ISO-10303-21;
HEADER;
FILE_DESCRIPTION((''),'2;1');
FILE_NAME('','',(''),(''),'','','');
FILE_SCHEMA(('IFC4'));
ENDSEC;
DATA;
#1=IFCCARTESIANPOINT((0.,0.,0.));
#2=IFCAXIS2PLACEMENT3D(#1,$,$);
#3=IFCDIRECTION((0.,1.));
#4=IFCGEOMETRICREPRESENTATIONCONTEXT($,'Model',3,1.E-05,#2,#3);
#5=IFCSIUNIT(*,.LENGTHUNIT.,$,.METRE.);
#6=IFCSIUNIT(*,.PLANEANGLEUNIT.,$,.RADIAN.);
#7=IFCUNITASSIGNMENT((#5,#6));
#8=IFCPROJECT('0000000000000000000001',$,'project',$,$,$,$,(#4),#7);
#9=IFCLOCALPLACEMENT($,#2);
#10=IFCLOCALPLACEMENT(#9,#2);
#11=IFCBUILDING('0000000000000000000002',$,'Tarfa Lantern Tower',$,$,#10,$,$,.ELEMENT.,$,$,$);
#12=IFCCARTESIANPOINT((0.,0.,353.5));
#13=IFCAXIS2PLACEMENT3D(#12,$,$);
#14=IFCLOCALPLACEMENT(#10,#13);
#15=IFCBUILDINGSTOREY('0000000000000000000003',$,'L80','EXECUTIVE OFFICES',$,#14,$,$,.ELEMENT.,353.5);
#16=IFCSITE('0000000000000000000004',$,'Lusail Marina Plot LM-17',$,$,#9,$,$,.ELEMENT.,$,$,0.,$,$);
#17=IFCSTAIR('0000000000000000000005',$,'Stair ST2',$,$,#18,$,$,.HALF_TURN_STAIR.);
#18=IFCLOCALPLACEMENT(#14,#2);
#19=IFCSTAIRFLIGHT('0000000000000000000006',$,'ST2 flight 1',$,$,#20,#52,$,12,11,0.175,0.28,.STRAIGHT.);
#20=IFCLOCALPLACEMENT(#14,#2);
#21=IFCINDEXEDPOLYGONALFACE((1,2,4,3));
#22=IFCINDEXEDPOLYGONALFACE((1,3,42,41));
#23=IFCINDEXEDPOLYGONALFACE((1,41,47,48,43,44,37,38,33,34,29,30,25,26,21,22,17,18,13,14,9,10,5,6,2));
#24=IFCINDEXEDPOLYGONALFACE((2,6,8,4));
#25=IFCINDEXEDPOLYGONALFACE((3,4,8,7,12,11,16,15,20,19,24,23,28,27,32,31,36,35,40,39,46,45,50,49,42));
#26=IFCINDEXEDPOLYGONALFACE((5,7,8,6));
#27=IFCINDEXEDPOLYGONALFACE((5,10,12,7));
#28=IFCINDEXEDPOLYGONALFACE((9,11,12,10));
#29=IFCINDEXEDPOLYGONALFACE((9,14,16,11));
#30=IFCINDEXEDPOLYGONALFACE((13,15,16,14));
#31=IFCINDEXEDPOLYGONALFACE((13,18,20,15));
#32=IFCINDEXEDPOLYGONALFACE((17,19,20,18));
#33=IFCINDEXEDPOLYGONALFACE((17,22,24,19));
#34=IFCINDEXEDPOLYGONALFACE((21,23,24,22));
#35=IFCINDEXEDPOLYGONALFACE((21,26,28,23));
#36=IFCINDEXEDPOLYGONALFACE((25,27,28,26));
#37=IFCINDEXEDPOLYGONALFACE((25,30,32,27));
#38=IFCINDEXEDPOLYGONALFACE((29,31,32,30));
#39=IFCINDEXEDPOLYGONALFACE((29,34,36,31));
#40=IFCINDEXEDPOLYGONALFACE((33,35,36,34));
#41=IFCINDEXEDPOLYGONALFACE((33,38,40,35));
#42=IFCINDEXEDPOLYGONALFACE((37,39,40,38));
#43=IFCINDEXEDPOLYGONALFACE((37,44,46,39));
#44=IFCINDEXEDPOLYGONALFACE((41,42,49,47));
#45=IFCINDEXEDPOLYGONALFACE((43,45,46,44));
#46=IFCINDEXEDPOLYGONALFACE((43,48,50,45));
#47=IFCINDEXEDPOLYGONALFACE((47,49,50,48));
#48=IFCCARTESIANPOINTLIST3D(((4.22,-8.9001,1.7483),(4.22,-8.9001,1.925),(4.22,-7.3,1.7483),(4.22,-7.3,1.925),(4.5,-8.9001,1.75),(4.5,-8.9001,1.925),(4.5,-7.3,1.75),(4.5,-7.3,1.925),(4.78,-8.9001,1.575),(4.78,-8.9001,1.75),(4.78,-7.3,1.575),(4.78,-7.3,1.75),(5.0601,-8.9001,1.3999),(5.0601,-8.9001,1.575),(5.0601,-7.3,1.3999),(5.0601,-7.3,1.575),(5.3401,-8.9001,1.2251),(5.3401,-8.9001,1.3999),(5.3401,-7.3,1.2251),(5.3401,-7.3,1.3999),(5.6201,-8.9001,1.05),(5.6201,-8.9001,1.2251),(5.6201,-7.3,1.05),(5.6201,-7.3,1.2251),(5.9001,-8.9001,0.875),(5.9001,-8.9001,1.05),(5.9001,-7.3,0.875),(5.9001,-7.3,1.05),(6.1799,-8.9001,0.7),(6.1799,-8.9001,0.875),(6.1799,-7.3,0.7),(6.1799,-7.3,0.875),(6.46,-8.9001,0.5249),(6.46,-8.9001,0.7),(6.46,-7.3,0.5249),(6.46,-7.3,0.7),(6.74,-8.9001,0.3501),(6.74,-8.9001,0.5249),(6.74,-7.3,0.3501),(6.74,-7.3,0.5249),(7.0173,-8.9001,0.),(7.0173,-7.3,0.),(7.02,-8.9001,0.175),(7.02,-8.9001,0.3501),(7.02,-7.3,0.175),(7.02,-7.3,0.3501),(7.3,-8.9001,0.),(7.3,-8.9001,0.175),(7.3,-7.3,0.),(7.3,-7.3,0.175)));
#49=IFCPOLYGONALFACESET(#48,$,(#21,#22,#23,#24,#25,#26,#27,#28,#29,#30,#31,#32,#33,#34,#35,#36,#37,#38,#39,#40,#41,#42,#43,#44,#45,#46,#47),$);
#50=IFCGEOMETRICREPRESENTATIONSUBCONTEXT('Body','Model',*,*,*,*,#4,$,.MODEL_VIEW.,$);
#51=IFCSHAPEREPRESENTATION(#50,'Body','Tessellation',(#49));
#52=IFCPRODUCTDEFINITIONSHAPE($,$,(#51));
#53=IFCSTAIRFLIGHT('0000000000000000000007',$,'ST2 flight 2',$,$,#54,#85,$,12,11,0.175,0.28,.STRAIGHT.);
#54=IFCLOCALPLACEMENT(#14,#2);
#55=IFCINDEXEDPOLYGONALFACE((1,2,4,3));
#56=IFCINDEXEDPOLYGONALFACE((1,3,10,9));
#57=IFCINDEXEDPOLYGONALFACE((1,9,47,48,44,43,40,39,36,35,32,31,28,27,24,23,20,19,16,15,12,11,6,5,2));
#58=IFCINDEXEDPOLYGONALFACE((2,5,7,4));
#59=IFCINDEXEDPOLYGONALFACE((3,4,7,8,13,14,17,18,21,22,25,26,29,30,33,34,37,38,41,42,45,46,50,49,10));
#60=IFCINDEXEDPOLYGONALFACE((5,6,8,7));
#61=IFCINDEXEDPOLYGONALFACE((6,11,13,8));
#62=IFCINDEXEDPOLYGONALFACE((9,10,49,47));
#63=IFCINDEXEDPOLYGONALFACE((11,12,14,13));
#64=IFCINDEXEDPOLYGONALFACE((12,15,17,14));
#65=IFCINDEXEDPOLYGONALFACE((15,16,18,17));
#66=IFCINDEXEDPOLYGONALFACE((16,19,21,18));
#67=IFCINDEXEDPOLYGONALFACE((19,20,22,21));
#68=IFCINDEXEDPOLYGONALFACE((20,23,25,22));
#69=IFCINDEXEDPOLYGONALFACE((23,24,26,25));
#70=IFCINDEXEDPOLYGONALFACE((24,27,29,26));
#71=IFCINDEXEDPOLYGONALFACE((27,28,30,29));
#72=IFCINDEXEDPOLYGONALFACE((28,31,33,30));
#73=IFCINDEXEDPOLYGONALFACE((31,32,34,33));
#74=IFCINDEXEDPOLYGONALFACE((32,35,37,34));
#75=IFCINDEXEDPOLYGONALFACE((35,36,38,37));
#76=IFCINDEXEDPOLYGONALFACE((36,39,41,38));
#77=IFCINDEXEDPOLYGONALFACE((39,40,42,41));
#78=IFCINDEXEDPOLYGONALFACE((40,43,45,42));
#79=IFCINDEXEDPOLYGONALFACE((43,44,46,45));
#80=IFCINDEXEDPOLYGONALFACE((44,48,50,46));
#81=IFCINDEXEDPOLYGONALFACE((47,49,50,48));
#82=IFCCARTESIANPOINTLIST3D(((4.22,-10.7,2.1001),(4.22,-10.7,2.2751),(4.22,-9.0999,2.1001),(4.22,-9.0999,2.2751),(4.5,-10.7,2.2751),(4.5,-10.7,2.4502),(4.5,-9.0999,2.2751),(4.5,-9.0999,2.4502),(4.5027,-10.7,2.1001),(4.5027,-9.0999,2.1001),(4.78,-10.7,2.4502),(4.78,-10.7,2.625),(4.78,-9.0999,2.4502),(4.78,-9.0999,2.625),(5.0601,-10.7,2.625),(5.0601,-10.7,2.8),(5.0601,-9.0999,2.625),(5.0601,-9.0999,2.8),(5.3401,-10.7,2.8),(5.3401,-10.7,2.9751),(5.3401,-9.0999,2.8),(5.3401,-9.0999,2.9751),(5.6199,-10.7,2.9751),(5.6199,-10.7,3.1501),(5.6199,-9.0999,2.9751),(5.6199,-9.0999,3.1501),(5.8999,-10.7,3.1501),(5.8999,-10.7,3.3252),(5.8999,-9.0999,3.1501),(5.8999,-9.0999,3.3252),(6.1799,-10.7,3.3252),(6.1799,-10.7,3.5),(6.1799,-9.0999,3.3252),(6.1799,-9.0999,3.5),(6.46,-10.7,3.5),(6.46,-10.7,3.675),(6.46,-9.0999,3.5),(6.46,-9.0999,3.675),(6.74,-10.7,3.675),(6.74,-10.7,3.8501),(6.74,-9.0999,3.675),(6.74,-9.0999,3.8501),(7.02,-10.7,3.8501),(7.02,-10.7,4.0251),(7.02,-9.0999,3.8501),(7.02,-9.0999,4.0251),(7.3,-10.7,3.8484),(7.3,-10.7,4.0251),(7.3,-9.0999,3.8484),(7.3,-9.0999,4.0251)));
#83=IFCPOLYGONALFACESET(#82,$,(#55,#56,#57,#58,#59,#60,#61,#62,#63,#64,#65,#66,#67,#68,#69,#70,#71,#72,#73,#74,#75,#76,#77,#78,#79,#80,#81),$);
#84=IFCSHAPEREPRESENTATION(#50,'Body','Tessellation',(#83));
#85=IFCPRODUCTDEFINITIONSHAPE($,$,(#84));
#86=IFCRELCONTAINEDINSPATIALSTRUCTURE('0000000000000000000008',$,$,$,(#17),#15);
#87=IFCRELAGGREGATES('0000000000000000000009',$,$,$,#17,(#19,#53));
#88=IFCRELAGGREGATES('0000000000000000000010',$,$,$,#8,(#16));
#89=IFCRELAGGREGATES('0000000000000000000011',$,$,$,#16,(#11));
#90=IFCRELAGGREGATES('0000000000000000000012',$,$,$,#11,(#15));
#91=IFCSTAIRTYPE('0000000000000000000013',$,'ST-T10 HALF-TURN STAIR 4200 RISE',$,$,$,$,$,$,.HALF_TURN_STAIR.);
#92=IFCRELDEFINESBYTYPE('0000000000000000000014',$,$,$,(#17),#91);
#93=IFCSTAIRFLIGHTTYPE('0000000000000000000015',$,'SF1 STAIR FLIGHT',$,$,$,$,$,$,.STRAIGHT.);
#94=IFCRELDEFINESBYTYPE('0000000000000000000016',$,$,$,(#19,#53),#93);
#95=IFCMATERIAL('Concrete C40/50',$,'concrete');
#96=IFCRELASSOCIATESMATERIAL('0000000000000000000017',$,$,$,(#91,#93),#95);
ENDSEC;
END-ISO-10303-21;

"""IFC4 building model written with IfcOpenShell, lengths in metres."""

from ifc_helpers import new_model, si_unit, direction, frame, origin, place, context, subcontext, project, spatial, polyline, outline, extrude, material, type_object, element, aggregate, save


model = new_model("IFC4")

# Units and contexts
model_context = context("Model", 3, precision=1e-05, world=origin(), true_north=direction((0.0, 1.0)))
body_context = subcontext(model_context, "Body", "Model", "MODEL_VIEW")
ifc_project = project(units=[si_unit("LENGTHUNIT", "METRE"), si_unit("PLANEANGLEUNIT", "RADIAN")], contexts=[model_context])

# Site, building, storey
site_placement = place(None, origin())
site = spatial("IfcSite", under=ifc_project, at=site_placement, Name="Lusail Marina Plot LM-17", CompositionType="ELEMENT", RefElevation=0.0)
building_placement = place(site_placement, origin())
building = spatial("IfcBuilding", under=site, at=building_placement, Name="Tarfa Lantern Tower", CompositionType="ELEMENT")
storey_placement = place(building_placement, frame((0.0, 0.0, 353.5)))
storey = spatial("IfcBuildingStorey", under=building, at=storey_placement, Name="L80", Description="EXECUTIVE OFFICES", CompositionType="ELEMENT", Elevation=353.5)

# Stair, stair flights
ifc_material_1 = material(Name="Concrete C40/50", Category="concrete")
stair_type = type_object("IfcStairType", Name="ST-T10 HALF-TURN STAIR 4200 RISE", PredefinedType="HALF_TURN_STAIR", material=ifc_material_1)
stair_placement = place(storey_placement, origin())
stair = element("IfcStair", 1, at=stair_placement, inside=storey, type_object=stair_type, Name="Stair ST2", PredefinedType="HALF_TURN_STAIR")
stair_flight_type = type_object("IfcStairFlightType", Name="SF1 STAIR FLIGHT", PredefinedType="STRAIGHT", material=ifc_material_1)
stair_flight_1_placement = place(storey_placement, frame((7.3, -8.1001, 0.0), z_axis=(0.0, 0.0, 1.0), x_axis=(-1.0, 0.0, 0.0)))
stair_flight_1 = element("IfcStairFlight", 2, at=stair_flight_1_placement, type_object=stair_flight_type, Name="ST2 flight 1", NumberOfRisers=12, NumberOfTreads=11, PredefinedType="STRAIGHT", RiserHeight=0.175, TreadLength=0.28, context=body_context, shape_type="SweptSolid", body=[
    extrude(outline(polyline([(0.0, 0.0), (0.0, 0.175), (0.28, 0.175), (0.28, 0.3501), (0.5601, 0.3501), (0.5601, 0.5249), (0.8401, 0.5249), (0.8401, 0.7), (1.1201, 0.7), (1.1201, 0.875), (1.3999, 0.875), (1.3999, 1.05), (1.6799, 1.05), (1.6799, 1.2251), (1.96, 1.2251), (1.96, 1.3999), (2.24, 1.3999), (2.24, 1.575), (2.52, 1.575), (2.52, 1.75), (2.8, 1.75), (2.8, 1.925), (3.0801, 1.925), (3.0801, 2.1001), (3.0801, 1.7483), (0.2827, 0.0), (0.0, 0.0)])), frame((0.0, 0.8, 0.0), z_axis=(0.0, -1.0, 0.0), x_axis=(1.0, 0.0, 0.0)), (0.0, 0.0, 1.0), 1.6001),
])
stair_flight_2_placement = place(storey_placement, frame((4.22, -9.8999, 2.1001), z_axis=(0.0, 0.0, 1.0), x_axis=(1.0, 0.0, 0.0)))
stair_flight_2 = element("IfcStairFlight", 3, at=stair_flight_2_placement, type_object=stair_flight_type, Name="ST2 flight 2", NumberOfRisers=12, NumberOfTreads=11, PredefinedType="STRAIGHT", RiserHeight=0.175, TreadLength=0.28, context=body_context, shape_type="SweptSolid", body=[
    extrude(outline(polyline([(0.0, 0.0), (0.0, 0.175), (0.28, 0.175), (0.28, 0.3501), (0.5601, 0.3501), (0.5601, 0.5249), (0.8401, 0.5249), (0.8401, 0.7), (1.1201, 0.7), (1.1201, 0.875), (1.3999, 0.875), (1.3999, 1.05), (1.6799, 1.05), (1.6799, 1.2251), (1.96, 1.2251), (1.96, 1.3999), (2.24, 1.3999), (2.24, 1.575), (2.52, 1.575), (2.52, 1.75), (2.8, 1.75), (2.8, 1.925), (3.0801, 1.925), (3.0801, 2.1001), (3.0801, 1.7483), (0.2827, 0.0), (0.0, 0.0)])), frame((0.0, 0.8, 0.0), z_axis=(0.0, -1.0, 0.0), x_axis=(1.0, 0.0, 0.0)), (0.0, 0.0, 1.0), 1.6001),
])
aggregate(stair, [stair_flight_1, stair_flight_2])

save(model, "model.ifc")
